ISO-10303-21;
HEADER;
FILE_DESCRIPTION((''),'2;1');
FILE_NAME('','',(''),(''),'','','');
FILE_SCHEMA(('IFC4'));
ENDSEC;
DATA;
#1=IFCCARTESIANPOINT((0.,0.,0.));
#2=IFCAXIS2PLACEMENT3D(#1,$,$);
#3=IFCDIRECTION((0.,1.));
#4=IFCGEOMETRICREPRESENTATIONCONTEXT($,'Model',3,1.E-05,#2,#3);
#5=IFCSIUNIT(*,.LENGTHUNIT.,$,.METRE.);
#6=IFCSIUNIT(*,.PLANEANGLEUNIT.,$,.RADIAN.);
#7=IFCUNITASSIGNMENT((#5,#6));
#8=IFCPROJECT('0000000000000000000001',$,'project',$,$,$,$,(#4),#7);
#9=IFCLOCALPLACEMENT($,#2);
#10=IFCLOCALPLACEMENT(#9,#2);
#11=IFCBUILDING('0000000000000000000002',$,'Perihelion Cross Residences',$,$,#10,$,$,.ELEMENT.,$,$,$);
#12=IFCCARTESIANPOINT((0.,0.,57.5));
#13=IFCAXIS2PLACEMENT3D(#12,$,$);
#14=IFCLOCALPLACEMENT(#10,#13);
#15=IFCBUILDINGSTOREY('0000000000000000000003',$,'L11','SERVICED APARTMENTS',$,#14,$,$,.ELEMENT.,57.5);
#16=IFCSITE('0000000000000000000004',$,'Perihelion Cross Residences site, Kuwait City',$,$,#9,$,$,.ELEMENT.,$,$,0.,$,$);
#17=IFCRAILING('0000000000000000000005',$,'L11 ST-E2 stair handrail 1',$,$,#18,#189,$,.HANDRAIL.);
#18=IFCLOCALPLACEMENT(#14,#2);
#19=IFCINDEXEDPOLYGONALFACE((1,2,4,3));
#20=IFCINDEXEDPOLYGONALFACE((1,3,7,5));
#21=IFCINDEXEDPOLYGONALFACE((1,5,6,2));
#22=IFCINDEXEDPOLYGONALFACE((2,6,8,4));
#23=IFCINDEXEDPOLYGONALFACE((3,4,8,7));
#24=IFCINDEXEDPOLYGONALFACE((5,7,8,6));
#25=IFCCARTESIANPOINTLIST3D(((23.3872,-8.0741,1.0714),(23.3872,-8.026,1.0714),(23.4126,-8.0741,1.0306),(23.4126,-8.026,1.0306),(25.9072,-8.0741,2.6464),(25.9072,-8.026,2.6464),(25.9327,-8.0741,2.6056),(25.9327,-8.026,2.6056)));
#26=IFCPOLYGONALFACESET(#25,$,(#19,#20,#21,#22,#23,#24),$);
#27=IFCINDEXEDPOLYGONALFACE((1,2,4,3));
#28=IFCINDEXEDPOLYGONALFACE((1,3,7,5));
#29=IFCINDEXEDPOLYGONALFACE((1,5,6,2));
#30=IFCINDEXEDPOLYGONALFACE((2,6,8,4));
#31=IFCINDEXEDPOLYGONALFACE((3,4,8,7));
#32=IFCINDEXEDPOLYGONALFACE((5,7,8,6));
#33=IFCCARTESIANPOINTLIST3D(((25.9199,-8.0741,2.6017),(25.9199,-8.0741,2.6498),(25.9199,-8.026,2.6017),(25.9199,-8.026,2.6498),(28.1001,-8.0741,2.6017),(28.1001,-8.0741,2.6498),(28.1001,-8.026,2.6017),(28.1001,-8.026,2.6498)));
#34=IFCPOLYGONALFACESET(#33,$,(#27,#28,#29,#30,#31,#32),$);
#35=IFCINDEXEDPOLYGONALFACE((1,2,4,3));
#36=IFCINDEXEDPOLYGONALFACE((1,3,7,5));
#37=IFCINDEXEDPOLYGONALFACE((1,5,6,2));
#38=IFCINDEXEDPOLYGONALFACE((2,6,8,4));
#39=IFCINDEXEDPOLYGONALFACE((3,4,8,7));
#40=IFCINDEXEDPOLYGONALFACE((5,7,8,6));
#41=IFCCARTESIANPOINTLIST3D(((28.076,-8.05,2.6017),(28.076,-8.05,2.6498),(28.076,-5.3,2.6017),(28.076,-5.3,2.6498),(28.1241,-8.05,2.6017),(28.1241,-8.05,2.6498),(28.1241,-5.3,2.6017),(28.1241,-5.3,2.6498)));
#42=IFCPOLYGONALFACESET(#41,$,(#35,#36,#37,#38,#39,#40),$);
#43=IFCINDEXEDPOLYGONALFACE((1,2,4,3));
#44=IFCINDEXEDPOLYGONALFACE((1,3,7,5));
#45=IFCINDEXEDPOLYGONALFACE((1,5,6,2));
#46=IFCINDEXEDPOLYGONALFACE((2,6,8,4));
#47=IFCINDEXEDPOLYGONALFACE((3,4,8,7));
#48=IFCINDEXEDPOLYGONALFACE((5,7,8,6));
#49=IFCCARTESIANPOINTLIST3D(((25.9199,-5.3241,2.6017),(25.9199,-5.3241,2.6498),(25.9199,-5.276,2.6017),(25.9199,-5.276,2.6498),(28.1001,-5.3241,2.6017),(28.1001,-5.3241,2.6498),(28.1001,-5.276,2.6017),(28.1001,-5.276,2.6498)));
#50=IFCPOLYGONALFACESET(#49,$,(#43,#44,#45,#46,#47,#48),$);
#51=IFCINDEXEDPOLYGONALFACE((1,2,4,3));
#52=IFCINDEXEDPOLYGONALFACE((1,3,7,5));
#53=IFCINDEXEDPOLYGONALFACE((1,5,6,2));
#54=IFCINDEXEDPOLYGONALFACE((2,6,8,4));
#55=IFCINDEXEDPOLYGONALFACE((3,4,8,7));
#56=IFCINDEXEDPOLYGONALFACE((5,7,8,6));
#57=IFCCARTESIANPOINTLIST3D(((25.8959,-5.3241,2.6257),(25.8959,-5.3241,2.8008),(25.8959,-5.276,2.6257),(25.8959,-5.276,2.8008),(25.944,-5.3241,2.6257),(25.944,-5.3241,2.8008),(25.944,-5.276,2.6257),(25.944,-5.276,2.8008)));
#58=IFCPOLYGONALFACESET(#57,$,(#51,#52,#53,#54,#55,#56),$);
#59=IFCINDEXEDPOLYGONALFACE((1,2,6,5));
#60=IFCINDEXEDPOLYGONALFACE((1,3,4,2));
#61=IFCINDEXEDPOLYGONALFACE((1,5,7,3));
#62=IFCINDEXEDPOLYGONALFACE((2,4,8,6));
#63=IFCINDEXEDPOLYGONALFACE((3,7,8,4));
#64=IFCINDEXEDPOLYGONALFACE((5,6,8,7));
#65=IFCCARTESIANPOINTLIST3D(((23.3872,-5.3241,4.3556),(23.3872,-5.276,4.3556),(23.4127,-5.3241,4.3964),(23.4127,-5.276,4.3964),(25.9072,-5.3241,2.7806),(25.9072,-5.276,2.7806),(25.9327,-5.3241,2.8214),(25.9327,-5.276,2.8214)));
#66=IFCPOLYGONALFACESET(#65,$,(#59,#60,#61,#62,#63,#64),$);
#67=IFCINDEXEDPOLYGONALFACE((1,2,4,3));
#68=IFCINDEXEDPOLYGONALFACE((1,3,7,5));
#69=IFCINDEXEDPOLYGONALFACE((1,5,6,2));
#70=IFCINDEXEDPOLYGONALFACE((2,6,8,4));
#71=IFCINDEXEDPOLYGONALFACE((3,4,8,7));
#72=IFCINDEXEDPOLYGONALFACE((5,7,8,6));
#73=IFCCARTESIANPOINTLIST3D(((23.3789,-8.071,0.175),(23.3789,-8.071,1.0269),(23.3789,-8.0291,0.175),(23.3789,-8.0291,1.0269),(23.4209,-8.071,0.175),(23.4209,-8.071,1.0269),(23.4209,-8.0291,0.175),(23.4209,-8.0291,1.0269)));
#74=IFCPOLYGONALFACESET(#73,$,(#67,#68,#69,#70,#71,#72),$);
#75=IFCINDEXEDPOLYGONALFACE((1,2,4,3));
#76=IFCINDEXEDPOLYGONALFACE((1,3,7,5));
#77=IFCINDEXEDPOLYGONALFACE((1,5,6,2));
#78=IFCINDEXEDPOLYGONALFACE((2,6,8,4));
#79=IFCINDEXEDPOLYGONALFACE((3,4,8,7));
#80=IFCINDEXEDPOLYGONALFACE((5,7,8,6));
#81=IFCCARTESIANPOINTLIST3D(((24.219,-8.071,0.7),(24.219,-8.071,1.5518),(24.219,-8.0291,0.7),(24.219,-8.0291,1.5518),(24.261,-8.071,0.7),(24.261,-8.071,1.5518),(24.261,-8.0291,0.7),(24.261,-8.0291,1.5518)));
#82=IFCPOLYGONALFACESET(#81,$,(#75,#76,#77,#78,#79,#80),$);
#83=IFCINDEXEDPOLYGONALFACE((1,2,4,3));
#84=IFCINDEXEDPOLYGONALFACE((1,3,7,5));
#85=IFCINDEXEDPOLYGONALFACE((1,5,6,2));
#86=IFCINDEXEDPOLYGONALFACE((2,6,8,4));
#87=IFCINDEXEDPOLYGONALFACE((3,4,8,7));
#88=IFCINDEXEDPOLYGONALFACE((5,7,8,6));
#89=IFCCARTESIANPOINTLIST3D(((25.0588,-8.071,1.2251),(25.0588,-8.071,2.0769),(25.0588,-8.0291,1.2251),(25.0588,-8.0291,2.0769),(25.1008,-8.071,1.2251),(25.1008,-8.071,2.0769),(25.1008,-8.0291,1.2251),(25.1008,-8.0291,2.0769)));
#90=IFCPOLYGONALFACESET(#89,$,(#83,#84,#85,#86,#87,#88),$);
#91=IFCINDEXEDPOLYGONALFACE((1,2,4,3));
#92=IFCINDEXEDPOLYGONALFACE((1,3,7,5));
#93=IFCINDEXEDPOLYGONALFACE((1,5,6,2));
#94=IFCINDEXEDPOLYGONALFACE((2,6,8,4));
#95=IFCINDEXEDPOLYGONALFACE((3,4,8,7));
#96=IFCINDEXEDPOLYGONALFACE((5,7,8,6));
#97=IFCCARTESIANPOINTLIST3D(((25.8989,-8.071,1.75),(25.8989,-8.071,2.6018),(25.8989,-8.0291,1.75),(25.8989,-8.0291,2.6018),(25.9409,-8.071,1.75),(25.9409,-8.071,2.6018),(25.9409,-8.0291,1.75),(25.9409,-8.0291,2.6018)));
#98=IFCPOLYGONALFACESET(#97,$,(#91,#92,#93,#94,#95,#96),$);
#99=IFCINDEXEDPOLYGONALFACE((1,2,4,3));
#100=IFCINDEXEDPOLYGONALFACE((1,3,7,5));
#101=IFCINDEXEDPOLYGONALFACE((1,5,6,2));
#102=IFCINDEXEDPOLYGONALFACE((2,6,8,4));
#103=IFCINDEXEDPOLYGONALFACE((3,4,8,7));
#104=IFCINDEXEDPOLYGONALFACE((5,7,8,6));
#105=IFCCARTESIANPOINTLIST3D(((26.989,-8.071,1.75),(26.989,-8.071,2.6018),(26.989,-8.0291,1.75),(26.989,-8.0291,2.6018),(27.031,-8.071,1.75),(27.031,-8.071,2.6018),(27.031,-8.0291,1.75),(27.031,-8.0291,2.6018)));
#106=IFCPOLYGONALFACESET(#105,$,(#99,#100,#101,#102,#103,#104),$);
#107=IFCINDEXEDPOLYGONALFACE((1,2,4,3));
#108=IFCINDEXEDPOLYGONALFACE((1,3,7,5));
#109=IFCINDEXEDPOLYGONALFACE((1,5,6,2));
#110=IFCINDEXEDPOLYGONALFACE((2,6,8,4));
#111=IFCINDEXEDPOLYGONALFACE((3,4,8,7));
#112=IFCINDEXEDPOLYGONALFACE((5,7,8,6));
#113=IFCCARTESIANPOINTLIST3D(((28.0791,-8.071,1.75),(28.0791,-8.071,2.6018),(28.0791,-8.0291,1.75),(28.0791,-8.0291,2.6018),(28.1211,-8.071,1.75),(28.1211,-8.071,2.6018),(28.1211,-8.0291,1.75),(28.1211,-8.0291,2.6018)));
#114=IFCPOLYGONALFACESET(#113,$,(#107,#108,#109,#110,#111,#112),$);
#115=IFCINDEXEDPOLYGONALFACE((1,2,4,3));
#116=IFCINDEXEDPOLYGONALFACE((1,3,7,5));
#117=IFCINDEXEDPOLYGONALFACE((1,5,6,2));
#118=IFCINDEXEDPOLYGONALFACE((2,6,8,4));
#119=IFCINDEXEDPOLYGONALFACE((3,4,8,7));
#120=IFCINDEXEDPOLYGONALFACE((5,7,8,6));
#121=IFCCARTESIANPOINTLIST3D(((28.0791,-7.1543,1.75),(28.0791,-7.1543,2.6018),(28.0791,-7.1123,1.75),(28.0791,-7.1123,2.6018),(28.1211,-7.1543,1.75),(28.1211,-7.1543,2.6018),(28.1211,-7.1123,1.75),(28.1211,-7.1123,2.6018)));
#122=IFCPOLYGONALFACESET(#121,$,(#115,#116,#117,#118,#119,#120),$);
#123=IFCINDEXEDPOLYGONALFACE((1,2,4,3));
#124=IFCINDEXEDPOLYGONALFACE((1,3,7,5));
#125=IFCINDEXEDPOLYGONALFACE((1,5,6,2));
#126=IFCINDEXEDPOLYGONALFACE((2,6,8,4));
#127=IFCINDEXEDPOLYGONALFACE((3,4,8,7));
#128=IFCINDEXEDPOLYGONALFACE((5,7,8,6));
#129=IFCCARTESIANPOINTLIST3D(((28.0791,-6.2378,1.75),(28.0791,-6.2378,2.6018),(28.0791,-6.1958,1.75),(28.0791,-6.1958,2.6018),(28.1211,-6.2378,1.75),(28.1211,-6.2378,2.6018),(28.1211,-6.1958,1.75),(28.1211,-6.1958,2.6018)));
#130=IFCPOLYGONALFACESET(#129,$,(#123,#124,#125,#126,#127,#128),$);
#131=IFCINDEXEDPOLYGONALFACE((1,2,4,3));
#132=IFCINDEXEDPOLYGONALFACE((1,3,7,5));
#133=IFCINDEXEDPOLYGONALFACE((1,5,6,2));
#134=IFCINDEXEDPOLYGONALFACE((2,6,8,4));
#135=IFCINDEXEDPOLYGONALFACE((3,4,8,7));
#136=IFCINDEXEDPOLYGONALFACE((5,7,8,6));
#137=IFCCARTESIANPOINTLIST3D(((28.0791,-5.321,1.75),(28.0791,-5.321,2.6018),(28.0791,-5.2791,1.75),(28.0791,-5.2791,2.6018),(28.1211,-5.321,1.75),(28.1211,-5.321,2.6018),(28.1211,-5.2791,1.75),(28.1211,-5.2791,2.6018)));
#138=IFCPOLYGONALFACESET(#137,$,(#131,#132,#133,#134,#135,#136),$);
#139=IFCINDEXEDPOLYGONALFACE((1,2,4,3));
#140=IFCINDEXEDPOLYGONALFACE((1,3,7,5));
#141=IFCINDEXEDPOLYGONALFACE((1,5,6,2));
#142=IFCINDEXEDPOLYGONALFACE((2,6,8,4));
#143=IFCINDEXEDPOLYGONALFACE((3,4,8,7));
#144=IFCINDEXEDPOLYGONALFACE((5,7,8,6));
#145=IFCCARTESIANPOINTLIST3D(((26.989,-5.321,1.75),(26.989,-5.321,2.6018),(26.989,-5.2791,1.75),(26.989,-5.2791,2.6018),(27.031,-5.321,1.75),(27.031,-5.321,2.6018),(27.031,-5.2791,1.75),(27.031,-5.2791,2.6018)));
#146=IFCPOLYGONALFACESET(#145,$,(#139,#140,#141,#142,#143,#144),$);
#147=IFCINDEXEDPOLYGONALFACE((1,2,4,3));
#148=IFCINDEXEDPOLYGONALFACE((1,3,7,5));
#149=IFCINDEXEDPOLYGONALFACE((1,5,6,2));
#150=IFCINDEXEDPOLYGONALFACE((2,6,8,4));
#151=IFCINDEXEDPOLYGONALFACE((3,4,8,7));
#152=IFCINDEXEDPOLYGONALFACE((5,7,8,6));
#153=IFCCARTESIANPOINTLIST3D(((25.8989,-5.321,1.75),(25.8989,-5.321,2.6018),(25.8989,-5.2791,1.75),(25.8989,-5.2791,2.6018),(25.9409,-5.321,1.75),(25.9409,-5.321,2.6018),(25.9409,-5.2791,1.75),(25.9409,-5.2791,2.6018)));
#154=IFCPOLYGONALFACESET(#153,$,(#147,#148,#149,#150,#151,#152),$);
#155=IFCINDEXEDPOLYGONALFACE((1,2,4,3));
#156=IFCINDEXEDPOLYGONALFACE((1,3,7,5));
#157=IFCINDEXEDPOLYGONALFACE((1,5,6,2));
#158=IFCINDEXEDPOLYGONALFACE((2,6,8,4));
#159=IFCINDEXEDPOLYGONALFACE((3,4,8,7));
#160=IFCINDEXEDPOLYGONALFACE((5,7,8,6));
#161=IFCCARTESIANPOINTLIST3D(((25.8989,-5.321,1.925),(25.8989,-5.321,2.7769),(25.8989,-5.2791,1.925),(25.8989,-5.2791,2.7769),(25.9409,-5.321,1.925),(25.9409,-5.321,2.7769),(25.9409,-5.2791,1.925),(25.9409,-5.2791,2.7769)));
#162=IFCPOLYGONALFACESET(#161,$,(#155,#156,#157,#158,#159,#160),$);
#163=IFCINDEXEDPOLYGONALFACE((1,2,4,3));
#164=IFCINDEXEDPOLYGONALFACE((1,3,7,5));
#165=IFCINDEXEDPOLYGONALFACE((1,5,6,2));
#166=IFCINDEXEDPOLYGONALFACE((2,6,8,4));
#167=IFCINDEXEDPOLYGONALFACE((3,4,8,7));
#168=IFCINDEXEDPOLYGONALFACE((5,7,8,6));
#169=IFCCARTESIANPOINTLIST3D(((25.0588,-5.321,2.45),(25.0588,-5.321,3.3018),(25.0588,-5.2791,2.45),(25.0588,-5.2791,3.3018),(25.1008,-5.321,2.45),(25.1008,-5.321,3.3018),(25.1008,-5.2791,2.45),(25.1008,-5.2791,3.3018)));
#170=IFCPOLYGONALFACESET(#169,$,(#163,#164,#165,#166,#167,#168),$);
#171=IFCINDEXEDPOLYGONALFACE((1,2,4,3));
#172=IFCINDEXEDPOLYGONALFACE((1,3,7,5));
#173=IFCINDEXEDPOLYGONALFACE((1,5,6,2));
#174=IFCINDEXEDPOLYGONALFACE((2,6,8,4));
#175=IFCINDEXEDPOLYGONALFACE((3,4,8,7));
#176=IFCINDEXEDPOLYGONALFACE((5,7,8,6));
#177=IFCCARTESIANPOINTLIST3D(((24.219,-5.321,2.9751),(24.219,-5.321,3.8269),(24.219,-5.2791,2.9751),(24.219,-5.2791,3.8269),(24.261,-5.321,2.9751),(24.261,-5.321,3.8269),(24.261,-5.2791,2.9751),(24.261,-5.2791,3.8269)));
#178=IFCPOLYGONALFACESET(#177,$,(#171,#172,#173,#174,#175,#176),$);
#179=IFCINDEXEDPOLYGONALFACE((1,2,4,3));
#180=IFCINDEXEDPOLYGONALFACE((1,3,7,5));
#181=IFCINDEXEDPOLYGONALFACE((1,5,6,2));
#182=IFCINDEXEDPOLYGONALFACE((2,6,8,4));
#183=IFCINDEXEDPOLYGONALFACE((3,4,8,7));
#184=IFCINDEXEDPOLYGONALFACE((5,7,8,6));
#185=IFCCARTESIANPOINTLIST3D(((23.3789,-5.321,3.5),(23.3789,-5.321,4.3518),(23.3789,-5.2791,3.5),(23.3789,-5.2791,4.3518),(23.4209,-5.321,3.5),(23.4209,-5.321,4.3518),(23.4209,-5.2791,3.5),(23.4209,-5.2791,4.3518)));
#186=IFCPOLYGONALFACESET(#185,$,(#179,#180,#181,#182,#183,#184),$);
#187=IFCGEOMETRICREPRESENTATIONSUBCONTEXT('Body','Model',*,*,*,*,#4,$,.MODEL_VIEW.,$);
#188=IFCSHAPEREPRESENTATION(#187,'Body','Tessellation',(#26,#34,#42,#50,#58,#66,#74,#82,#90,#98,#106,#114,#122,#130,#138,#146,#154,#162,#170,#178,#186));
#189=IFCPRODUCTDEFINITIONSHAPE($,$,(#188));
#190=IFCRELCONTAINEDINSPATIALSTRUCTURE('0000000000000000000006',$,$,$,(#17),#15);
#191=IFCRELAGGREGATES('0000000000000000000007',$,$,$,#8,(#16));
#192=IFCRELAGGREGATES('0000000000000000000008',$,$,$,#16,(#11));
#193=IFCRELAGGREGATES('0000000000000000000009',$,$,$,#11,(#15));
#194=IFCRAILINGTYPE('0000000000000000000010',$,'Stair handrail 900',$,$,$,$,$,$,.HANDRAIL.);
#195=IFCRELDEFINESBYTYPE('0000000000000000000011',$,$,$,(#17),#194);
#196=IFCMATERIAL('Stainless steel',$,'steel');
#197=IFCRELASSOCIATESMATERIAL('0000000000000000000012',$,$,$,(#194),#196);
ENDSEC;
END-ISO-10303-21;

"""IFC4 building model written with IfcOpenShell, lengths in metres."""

from ifc_helpers import new_model, si_unit, direction, frame, origin, origin_2d, place, context, subcontext, project, spatial, rectangle, extrude, material, type_object, element, save


model = new_model("IFC4")

# Units and contexts
model_context = context("Model", 3, precision=1e-05, world=origin(), true_north=direction((0.0, 1.0)))
body_context = subcontext(model_context, "Body", "Model", "MODEL_VIEW")
ifc_project = project(units=[si_unit("LENGTHUNIT", "METRE"), si_unit("PLANEANGLEUNIT", "RADIAN")], contexts=[model_context])

# Site, building, storey
site_placement = place(None, origin())
site = spatial("IfcSite", under=ifc_project, at=site_placement, Name="Perihelion Cross Residences site, Kuwait City", CompositionType="ELEMENT", RefElevation=0.0)
building_placement = place(site_placement, origin())
building = spatial("IfcBuilding", under=site, at=building_placement, Name="Perihelion Cross Residences", CompositionType="ELEMENT")
storey_placement = place(building_placement, frame((0.0, 0.0, 57.5)))
storey = spatial("IfcBuildingStorey", under=building, at=storey_placement, Name="L11", Description="SERVICED APARTMENTS", CompositionType="ELEMENT", Elevation=57.5)

# Railing
ifc_material_1 = material(Name="Stainless steel", Category="steel")
railing_type_1 = type_object("IfcRailingType", Name="Stair handrail 900", PredefinedType="HANDRAIL", material=ifc_material_1)
railing_1_placement = place(storey_placement, frame((23.3999, -8.05, 0.175)))
element("IfcRailing", 1, at=railing_1_placement, inside=storey, type_object=railing_type_1, Name="L11 ST-E2 stair handrail 1", PredefinedType="HANDRAIL", context=body_context, shape_type="SweptSolid", body=[
    extrude(rectangle(XDim=0.0481, YDim=0.0481, at=origin_2d()), frame((0.0, 0.0, 0.876), z_axis=(0.848008, 0.0, 0.529984), x_axis=(0.0, 1.0, 0.0)), (0.0, 0.0, 1.0), 2.9717),
    extrude(rectangle(XDim=0.0481, YDim=0.0481, at=origin_2d()), frame((2.52, 0.0, 2.4507), z_axis=(1.0, 0.0, 0.0), x_axis=(0.0, 1.0, 0.0)), (0.0, 0.0, 1.0), 2.1802),
    extrude(rectangle(XDim=0.0481, YDim=0.0481, at=origin_2d()), frame((4.7002, 0.0, 2.4507), z_axis=(0.0, 1.0, 0.0), x_axis=(-1.0, 0.0, 0.0)), (0.0, 0.0, 1.0), 2.75),
    extrude(rectangle(XDim=0.0481, YDim=0.0481, at=origin_2d()), frame((4.7002, 2.75, 2.4507), z_axis=(-1.0, 0.0, 0.0), x_axis=(0.0, -1.0, 0.0)), (0.0, 0.0, 1.0), 2.1802),
    extrude(rectangle(XDim=0.0481, YDim=0.0481, at=origin_2d()), frame((2.52, 2.75, 2.4507), z_axis=(0.0, 0.0, 1.0), x_axis=(1.0, 0.0, 0.0)), (0.0, 0.0, 1.0), 0.175),
    extrude(rectangle(XDim=0.0481, YDim=0.0481, at=origin_2d()), frame((2.52, 2.75, 2.626), z_axis=(-0.848008, 0.0, 0.529984), x_axis=(0.0, -1.0, 0.0)), (0.0, 0.0, 1.0), 2.9717),
    extrude(rectangle(XDim=0.042, YDim=0.042, at=origin_2d()), origin(), (0.0, 0.0, 1.0), 0.8518),
    extrude(rectangle(XDim=0.042, YDim=0.042, at=origin_2d()), frame((0.8401, 0.0, 0.5249)), (0.0, 0.0, 1.0), 0.8518),
    extrude(rectangle(XDim=0.042, YDim=0.042, at=origin_2d()), frame((1.6799, 0.0, 1.05)), (0.0, 0.0, 1.0), 0.8518),
    extrude(rectangle(XDim=0.042, YDim=0.042, at=origin_2d()), frame((2.52, 0.0, 1.575)), (0.0, 0.0, 1.0), 0.8518),
    extrude(rectangle(XDim=0.042, YDim=0.042, at=origin_2d()), frame((3.6101, 0.0, 1.575)), (0.0, 0.0, 1.0), 0.8518),
    extrude(rectangle(XDim=0.042, YDim=0.042, at=origin_2d()), frame((4.7002, 0.0, 1.575)), (0.0, 0.0, 1.0), 0.8518),
    extrude(rectangle(XDim=0.042, YDim=0.042, at=origin_2d()), frame((4.7002, 0.9167, 1.575)), (0.0, 0.0, 1.0), 0.8518),
    extrude(rectangle(XDim=0.042, YDim=0.042, at=origin_2d()), frame((4.7002, 1.8333, 1.575)), (0.0, 0.0, 1.0), 0.8518),
    extrude(rectangle(XDim=0.042, YDim=0.042, at=origin_2d()), frame((4.7002, 2.75, 1.575)), (0.0, 0.0, 1.0), 0.8518),
    extrude(rectangle(XDim=0.042, YDim=0.042, at=origin_2d()), frame((3.6101, 2.75, 1.575)), (0.0, 0.0, 1.0), 0.8518),
    extrude(rectangle(XDim=0.042, YDim=0.042, at=origin_2d()), frame((2.52, 2.75, 1.575)), (0.0, 0.0, 1.0), 0.8518),
    extrude(rectangle(XDim=0.042, YDim=0.042, at=origin_2d()), frame((2.52, 2.75, 1.75)), (0.0, 0.0, 1.0), 0.8518),
    extrude(rectangle(XDim=0.042, YDim=0.042, at=origin_2d()), frame((1.6799, 2.75, 2.2749)), (0.0, 0.0, 1.0), 0.8518),
    extrude(rectangle(XDim=0.042, YDim=0.042, at=origin_2d()), frame((0.8401, 2.75, 2.8)), (0.0, 0.0, 1.0), 0.8518),
    extrude(rectangle(XDim=0.042, YDim=0.042, at=origin_2d()), frame((0.0, 2.75, 3.325)), (0.0, 0.0, 1.0), 0.8518),
])

save(model, "model.ifc")
